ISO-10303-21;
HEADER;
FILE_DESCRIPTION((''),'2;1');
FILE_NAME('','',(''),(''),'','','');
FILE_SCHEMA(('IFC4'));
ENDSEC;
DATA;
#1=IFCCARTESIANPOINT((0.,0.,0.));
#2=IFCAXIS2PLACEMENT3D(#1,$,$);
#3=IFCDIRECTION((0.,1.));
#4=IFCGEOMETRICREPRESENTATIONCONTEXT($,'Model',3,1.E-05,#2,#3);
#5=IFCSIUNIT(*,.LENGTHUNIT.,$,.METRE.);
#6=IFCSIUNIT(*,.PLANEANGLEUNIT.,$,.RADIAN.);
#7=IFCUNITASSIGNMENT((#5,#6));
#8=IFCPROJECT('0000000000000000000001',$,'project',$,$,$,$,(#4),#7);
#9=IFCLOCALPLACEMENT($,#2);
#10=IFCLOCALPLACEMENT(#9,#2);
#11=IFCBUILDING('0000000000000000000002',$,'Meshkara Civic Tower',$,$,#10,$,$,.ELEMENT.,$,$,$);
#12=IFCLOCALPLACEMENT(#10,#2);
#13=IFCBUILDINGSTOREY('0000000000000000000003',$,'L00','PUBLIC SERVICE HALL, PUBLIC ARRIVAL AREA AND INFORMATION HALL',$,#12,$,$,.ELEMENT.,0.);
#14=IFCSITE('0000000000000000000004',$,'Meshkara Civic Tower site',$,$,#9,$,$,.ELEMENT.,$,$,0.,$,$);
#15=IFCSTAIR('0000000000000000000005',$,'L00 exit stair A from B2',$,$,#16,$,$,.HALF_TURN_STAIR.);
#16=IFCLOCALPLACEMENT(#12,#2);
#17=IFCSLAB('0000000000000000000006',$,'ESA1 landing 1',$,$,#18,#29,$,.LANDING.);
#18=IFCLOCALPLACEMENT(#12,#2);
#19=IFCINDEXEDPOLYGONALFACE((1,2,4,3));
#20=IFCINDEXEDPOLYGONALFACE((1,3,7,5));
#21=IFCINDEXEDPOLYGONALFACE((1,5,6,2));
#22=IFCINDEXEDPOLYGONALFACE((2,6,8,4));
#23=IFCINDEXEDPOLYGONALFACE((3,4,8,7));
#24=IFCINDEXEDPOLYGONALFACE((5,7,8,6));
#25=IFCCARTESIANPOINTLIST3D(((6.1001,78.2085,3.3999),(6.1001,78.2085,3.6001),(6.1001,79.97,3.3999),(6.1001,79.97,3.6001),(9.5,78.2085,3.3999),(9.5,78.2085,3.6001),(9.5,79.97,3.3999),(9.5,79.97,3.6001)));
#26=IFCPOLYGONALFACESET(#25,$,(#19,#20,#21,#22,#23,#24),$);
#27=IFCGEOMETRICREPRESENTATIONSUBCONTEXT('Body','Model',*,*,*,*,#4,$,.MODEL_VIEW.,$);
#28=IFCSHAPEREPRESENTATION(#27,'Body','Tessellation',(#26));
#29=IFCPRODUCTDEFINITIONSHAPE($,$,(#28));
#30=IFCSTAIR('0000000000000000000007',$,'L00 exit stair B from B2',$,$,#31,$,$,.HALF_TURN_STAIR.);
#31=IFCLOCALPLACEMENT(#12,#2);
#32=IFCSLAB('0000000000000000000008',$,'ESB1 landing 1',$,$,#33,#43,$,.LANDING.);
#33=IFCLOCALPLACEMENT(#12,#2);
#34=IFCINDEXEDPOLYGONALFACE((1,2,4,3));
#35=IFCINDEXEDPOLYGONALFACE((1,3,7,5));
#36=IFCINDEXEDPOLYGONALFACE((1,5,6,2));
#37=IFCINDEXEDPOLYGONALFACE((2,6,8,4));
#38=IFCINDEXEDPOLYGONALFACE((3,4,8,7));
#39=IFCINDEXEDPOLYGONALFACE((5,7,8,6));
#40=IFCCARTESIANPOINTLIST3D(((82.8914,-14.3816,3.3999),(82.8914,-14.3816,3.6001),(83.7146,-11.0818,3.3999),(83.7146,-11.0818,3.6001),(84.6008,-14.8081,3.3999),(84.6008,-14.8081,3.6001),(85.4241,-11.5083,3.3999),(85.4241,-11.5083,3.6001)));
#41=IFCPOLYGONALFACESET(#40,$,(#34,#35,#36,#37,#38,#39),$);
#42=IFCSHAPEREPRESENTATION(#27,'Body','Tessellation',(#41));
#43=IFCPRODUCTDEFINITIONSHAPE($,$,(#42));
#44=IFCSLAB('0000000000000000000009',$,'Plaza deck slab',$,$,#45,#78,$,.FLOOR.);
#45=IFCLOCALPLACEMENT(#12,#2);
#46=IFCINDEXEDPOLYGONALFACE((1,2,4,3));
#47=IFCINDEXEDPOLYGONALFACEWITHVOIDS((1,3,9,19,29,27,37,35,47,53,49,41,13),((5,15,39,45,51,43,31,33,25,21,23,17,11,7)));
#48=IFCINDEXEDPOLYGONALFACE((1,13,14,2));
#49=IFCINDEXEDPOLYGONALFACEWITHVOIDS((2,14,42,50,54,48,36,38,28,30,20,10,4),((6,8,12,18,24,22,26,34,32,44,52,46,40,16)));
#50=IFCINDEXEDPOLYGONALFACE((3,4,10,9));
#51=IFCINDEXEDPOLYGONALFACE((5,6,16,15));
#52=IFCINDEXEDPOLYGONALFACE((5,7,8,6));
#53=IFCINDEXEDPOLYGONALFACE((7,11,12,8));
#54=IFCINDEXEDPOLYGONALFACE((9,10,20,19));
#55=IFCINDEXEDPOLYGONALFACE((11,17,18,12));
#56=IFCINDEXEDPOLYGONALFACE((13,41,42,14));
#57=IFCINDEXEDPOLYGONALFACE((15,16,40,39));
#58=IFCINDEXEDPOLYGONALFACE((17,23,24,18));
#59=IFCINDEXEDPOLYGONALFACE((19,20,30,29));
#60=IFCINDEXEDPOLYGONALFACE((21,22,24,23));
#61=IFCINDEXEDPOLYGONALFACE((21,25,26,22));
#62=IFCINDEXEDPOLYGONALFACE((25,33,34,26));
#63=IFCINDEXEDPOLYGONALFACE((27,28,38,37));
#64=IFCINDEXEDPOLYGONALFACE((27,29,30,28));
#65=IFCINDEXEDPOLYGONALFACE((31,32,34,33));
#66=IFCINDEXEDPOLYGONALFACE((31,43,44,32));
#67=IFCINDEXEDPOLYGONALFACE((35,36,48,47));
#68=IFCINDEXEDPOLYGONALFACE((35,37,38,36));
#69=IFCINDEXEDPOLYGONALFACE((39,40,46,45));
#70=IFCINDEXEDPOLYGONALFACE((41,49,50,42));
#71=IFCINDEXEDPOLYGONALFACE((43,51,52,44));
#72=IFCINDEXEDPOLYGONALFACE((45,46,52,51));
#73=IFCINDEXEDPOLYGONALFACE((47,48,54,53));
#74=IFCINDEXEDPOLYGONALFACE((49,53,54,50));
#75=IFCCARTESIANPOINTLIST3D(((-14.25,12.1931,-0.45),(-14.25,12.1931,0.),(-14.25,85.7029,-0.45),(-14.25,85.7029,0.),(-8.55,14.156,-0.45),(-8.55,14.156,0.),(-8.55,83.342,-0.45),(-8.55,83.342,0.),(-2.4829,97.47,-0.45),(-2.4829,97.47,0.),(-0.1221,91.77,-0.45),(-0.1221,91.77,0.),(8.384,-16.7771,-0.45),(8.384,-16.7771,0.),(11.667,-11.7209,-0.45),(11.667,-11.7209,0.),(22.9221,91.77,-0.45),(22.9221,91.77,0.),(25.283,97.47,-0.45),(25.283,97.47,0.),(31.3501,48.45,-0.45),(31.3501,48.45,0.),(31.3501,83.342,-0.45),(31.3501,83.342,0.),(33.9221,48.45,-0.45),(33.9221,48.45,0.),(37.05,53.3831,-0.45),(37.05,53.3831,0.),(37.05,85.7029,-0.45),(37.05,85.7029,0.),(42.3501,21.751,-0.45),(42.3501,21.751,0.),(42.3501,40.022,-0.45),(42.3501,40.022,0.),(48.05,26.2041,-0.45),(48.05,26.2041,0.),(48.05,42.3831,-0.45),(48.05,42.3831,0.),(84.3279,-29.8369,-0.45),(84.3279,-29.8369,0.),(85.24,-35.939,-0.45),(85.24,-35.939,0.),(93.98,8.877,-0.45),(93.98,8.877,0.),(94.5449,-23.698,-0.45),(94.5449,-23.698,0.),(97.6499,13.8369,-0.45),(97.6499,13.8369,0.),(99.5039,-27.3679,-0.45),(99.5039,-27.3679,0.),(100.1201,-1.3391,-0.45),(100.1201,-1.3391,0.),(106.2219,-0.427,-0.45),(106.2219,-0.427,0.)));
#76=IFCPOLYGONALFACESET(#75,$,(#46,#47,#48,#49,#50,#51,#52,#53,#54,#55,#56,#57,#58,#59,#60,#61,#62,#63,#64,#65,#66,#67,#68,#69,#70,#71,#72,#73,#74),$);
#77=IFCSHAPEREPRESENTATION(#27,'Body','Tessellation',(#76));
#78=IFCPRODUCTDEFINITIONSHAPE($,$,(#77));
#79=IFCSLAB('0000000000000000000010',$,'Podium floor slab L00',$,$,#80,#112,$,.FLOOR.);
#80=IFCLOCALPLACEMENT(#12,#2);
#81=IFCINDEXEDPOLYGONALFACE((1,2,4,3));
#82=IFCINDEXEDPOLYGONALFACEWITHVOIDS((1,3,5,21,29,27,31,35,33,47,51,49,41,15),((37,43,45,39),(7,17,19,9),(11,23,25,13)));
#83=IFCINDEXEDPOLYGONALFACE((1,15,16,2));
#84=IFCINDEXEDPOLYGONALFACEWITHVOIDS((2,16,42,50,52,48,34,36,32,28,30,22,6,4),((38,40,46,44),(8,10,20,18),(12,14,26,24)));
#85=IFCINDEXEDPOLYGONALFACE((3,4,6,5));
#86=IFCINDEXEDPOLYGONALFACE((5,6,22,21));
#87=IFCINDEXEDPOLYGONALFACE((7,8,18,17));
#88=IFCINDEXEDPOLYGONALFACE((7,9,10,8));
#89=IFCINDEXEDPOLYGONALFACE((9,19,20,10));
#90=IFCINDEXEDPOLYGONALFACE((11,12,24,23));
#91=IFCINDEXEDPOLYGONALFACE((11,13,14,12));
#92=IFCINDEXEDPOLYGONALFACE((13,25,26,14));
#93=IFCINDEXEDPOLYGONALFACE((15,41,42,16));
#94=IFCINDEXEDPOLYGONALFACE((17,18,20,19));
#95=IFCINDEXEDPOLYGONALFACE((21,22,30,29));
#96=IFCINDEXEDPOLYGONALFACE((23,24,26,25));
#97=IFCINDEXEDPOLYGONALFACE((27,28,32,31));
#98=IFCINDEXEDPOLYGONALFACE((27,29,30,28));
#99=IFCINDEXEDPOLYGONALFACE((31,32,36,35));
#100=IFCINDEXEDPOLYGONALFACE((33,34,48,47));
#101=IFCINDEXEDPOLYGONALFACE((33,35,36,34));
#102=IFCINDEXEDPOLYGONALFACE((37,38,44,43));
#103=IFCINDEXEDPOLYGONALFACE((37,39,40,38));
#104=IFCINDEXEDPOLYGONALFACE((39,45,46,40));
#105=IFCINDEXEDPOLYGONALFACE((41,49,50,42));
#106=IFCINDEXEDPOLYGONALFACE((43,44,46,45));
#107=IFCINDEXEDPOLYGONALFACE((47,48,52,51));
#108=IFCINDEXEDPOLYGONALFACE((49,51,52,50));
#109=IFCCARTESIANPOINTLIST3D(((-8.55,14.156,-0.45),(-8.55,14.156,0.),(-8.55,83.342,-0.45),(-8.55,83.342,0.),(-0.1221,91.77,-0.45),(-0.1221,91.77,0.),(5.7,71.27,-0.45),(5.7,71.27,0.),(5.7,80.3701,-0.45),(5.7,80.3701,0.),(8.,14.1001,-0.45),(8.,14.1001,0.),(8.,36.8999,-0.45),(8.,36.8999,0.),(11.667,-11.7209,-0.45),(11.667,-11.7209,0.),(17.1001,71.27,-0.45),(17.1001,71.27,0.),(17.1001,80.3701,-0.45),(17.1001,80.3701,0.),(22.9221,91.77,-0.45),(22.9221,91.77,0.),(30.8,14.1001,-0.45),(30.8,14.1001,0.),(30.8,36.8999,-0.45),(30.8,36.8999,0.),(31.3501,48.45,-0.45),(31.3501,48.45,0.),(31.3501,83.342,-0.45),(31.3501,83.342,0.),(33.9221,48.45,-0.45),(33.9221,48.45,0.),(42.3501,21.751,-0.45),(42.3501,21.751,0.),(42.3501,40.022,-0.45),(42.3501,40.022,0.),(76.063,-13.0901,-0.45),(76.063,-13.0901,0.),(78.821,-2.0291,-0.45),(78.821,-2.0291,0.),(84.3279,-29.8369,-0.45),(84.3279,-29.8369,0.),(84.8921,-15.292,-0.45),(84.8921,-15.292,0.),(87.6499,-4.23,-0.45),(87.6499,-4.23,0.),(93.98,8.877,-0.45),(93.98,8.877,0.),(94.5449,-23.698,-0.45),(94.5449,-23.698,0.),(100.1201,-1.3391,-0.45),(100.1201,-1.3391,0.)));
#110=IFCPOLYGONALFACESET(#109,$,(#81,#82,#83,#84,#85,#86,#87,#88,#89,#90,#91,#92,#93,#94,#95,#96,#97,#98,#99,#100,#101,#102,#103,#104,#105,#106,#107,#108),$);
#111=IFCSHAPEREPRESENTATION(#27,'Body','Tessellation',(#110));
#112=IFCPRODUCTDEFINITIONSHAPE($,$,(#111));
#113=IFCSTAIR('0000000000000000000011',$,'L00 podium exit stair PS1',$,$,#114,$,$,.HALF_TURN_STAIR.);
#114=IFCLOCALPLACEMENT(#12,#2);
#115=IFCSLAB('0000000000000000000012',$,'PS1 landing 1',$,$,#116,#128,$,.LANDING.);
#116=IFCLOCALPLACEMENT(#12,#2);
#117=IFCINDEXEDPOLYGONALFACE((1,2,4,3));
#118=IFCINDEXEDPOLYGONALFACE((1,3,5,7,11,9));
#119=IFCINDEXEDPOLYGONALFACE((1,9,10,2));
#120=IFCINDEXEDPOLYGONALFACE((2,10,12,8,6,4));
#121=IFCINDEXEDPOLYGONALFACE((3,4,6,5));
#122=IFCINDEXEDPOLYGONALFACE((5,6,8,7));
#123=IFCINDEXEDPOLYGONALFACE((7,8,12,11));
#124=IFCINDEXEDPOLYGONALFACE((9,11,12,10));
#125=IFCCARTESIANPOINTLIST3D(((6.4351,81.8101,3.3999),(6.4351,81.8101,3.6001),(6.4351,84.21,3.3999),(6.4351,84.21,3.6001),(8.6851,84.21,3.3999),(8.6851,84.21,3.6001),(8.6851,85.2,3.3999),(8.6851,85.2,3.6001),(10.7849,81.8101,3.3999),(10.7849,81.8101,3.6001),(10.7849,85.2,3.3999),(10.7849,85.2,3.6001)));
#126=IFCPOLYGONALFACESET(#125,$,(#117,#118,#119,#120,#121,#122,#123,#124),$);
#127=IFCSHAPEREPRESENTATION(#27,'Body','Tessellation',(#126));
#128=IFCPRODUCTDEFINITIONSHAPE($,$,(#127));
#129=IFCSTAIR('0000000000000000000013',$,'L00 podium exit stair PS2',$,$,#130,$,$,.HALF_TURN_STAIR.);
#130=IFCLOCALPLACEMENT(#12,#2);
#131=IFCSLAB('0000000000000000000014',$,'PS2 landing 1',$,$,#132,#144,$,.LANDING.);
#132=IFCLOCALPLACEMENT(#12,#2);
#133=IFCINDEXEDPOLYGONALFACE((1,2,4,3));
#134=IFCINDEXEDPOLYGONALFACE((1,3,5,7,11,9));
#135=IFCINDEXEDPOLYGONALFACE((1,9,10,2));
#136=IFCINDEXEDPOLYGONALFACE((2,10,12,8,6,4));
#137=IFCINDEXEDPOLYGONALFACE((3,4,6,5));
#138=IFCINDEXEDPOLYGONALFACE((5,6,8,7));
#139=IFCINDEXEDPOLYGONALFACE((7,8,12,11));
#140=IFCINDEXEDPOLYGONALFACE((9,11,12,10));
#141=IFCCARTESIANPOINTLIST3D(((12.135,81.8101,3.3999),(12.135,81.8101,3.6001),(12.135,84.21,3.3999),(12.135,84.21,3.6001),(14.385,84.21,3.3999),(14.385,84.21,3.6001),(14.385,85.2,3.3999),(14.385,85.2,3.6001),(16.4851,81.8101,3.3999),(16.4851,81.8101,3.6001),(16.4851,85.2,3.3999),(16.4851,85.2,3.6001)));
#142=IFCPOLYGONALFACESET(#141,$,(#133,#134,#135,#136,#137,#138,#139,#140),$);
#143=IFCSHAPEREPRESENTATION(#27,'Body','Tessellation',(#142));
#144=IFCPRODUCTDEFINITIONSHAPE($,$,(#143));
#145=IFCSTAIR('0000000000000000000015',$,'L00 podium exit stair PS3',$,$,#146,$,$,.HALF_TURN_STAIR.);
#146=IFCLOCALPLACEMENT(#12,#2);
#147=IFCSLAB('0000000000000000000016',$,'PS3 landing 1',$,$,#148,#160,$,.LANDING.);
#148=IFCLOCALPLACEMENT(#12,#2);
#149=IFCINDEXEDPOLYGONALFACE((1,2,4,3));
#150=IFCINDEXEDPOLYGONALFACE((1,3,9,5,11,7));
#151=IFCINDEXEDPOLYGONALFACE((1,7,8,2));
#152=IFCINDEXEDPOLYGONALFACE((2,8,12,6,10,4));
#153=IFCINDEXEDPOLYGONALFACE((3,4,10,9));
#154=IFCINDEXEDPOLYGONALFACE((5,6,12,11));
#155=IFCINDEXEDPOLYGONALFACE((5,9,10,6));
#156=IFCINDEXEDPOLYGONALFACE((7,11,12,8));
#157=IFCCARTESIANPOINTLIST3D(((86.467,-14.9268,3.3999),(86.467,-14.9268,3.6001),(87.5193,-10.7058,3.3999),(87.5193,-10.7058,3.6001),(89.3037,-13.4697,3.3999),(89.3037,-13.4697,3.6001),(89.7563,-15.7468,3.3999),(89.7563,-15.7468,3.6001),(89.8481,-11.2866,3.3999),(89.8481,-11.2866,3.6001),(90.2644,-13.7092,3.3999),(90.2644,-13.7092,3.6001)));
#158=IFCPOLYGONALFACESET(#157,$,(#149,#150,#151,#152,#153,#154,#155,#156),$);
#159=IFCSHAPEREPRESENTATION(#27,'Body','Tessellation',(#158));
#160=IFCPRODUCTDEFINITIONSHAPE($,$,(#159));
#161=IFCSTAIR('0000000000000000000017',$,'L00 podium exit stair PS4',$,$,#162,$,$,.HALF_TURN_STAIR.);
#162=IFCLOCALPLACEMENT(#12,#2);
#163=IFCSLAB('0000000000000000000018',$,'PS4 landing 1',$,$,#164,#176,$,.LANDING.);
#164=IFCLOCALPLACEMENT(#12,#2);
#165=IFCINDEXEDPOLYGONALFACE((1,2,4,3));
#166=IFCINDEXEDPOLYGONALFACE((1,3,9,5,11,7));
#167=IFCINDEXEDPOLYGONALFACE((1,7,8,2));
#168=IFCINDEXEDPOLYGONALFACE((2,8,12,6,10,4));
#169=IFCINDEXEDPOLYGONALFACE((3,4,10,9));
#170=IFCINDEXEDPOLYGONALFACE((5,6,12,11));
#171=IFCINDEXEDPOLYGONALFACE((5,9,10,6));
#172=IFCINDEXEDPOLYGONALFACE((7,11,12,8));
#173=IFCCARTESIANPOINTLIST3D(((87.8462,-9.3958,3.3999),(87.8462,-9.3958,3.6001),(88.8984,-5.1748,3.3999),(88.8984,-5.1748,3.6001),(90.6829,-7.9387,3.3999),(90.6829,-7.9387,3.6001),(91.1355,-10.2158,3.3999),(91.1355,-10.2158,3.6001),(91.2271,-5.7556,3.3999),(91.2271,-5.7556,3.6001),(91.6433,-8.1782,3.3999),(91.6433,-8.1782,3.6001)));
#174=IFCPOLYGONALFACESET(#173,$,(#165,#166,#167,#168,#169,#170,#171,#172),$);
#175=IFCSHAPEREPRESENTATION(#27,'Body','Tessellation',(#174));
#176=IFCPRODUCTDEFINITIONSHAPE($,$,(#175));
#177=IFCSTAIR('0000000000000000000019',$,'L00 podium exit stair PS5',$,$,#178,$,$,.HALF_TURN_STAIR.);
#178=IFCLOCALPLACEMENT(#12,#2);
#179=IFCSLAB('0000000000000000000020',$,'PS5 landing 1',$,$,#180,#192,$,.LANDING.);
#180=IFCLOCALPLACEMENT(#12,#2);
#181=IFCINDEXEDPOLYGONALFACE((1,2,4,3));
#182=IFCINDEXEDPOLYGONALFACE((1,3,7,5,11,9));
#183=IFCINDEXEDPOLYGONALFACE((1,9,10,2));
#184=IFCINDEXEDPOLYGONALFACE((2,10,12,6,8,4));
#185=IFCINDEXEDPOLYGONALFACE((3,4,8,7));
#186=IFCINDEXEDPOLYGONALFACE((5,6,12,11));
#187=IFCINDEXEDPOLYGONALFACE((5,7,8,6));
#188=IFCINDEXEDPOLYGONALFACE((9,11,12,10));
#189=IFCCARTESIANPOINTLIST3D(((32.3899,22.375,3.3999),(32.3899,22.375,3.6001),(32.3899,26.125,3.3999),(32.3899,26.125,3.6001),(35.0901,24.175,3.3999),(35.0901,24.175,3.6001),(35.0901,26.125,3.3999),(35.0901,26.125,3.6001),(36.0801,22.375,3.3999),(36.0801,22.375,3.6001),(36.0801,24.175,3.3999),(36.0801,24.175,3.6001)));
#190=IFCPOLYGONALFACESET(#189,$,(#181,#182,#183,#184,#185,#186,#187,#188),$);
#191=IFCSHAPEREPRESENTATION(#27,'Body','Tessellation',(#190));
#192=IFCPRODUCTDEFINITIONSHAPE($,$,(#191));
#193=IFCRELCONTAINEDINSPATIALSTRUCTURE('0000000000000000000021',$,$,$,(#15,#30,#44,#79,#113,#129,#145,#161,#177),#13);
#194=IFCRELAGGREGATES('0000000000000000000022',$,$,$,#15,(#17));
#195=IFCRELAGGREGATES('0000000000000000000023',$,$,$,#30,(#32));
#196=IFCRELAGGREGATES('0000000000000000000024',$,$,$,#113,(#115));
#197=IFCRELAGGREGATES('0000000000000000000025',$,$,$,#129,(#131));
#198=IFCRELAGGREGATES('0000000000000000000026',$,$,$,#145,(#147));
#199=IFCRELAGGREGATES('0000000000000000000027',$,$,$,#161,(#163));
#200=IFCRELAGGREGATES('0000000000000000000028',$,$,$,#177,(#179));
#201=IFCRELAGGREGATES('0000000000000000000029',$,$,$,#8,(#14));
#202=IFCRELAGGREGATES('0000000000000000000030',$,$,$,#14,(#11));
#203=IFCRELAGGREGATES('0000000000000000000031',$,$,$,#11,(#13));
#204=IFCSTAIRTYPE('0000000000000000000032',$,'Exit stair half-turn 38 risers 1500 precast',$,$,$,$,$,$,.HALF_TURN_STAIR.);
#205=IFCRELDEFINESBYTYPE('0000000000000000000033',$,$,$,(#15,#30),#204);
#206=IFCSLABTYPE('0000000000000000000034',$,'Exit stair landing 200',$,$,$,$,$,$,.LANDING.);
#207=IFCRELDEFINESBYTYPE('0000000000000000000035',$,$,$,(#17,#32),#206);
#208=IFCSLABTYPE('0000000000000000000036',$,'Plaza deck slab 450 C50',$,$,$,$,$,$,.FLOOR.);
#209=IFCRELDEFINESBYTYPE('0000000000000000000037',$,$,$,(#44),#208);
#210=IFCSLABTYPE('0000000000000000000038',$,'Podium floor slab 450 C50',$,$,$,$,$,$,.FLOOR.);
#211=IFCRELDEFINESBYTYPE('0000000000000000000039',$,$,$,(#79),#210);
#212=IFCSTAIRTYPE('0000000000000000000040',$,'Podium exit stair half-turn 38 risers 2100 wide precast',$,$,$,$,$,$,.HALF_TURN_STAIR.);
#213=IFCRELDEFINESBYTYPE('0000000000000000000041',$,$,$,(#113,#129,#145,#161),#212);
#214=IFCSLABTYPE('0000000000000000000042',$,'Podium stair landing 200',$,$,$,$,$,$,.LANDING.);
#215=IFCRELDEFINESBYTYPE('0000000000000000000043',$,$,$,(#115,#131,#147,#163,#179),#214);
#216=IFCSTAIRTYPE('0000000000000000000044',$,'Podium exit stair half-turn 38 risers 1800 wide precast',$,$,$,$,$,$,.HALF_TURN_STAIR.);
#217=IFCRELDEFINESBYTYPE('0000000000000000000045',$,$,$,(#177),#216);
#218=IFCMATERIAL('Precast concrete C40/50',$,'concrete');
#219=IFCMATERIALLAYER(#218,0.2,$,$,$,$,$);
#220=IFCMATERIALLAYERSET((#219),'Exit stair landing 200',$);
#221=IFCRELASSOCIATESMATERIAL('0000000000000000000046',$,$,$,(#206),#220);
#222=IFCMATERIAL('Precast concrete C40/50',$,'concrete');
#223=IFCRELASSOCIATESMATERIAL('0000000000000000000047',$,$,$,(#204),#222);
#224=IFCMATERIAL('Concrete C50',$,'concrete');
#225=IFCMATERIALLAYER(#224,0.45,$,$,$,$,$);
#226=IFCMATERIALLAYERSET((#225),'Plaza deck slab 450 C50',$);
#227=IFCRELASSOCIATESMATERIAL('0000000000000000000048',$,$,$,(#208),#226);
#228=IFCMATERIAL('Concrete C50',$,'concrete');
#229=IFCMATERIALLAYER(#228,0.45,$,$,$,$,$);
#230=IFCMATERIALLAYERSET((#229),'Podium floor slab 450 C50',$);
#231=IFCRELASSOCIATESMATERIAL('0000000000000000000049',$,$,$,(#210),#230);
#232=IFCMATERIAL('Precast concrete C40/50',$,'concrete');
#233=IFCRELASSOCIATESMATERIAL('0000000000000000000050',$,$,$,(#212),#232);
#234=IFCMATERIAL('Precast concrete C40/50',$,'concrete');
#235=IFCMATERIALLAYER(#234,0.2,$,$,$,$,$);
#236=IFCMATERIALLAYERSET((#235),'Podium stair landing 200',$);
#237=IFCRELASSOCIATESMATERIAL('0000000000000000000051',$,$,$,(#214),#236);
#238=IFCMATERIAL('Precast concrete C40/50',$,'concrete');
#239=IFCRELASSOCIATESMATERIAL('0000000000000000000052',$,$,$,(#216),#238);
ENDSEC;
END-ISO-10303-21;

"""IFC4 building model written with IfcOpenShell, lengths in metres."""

from ifc_helpers import new_model, si_unit, direction, frame, origin, place, context, subcontext, project, spatial, polyline, outline, extrude, material, layer, layer_set, type_object, element, aggregate, save


model = new_model("IFC4")

# Units and contexts
model_context = context("Model", 3, precision=1e-05, world=origin(), true_north=direction((0.0, 1.0)))
body_context = subcontext(model_context, "Body", "Model", "MODEL_VIEW")
ifc_project = project(units=[si_unit("LENGTHUNIT", "METRE"), si_unit("PLANEANGLEUNIT", "RADIAN")], contexts=[model_context])

# Site, building, storey
site_placement = place(None, origin())
site = spatial("IfcSite", under=ifc_project, at=site_placement, Name="Meshkara Civic Tower site", CompositionType="ELEMENT", RefElevation=0.0)
building_placement = place(site_placement, origin())
building = spatial("IfcBuilding", under=site, at=building_placement, Name="Meshkara Civic Tower", CompositionType="ELEMENT")
storey_placement = place(building_placement, origin())
storey = spatial("IfcBuildingStorey", under=building, at=storey_placement, Name="L00", Description="PUBLIC SERVICE HALL, PUBLIC ARRIVAL AREA AND INFORMATION HALL", CompositionType="ELEMENT", Elevation=0.0)

# Shared definitions
ifc_material_1 = material(Name="Precast concrete C40/50", Category="concrete")
ifc_layer_1 = layer(ifc_material_1, 0.2)
ifc_layer_set_1 = layer_set([ifc_layer_1], Name="Exit stair landing 200")
slab_type_1 = type_object("IfcSlabType", Name="Exit stair landing 200", PredefinedType="LANDING", material=ifc_layer_set_1)

# Stairs, slabs
ifc_material_2 = material(Name="Precast concrete C40/50", Category="concrete")
stair_type_1 = type_object("IfcStairType", Name="Exit stair half-turn 38 risers 1500 precast", PredefinedType="HALF_TURN_STAIR", material=ifc_material_2)
stair_1_placement = place(storey_placement, origin())
stair_1 = element("IfcStair", 1, at=stair_1_placement, inside=storey, type_object=stair_type_1, Name="L00 exit stair A from B2", PredefinedType="HALF_TURN_STAIR")
slab_1_placement = place(storey_placement, frame((0.0, 0.0, 3.3999)))
slab_1 = element("IfcSlab", 2, at=slab_1_placement, type_object=slab_type_1, Name="ESA1 landing 1", PredefinedType="LANDING", context=body_context, shape_type="SweptSolid", body=[
    extrude(outline(polyline([(9.5, 78.2085), (9.5, 79.97), (6.1001, 79.97), (6.1001, 78.2085), (9.5, 78.2085)])), origin(), (0.0, 0.0, 1.0), 0.2002),
])
aggregate(stair_1, [slab_1])
stair_2_placement = place(storey_placement, origin())
stair_2 = element("IfcStair", 3, at=stair_2_placement, inside=storey, type_object=stair_type_1, Name="L00 exit stair B from B2", PredefinedType="HALF_TURN_STAIR")
slab_2_placement = place(storey_placement, frame((0.0, 0.0, 3.3999)))
slab_2 = element("IfcSlab", 4, at=slab_2_placement, type_object=slab_type_1, Name="ESB1 landing 1", PredefinedType="LANDING", context=body_context, shape_type="SweptSolid", body=[
    extrude(outline(polyline([(82.8914, -14.3816), (84.6008, -14.8081), (85.4241, -11.5083), (83.7146, -11.0818), (82.8914, -14.3816)])), origin(), (0.0, 0.0, 1.0), 0.2002),
])
aggregate(stair_2, [slab_2])

# Slabs
ifc_material_3 = material(Name="Concrete C50", Category="concrete")
ifc_layer_2 = layer(ifc_material_3, 0.45)
ifc_layer_set_2 = layer_set([ifc_layer_2], Name="Plaza deck slab 450 C50")
slab_type_2 = type_object("IfcSlabType", Name="Plaza deck slab 450 C50", PredefinedType="FLOOR", material=ifc_layer_set_2)
slab_3_placement = place(storey_placement, frame((0.0, 0.0, -0.45)))
element("IfcSlab", 5, at=slab_3_placement, inside=storey, type_object=slab_type_2, Name="Plaza deck slab", PredefinedType="FLOOR", context=body_context, shape_type="SweptSolid", body=[
    extrude(outline(polyline([(48.05, 42.3831), (48.05, 26.2041), (97.6499, 13.8369), (106.2219, -0.427), (99.5039, -27.3679), (85.24, -35.939), (8.384, -16.7771), (-14.25, 12.1931), (-14.25, 85.7029), (-2.4829, 97.47), (25.283, 97.47), (37.05, 85.7029), (37.05, 53.3831), (48.05, 42.3831)]), holes=[polyline([(-0.1221, 91.77), (-8.55, 83.342), (-8.55, 14.156), (11.667, -11.7209), (84.3279, -29.8369), (94.5449, -23.698), (100.1201, -1.3391), (93.98, 8.877), (42.3501, 21.751), (42.3501, 40.022), (33.9221, 48.45), (31.3501, 48.45), (31.3501, 83.342), (22.9221, 91.77), (-0.1221, 91.77)])]), origin(), (0.0, 0.0, 1.0), 0.45),
])
ifc_material_4 = material(Name="Concrete C50", Category="concrete")
ifc_layer_3 = layer(ifc_material_4, 0.45)
ifc_layer_set_3 = layer_set([ifc_layer_3], Name="Podium floor slab 450 C50")
slab_type_3 = type_object("IfcSlabType", Name="Podium floor slab 450 C50", PredefinedType="FLOOR", material=ifc_layer_set_3)
slab_4_placement = place(storey_placement, frame((0.0, 0.0, -0.45)))
element("IfcSlab", 6, at=slab_4_placement, inside=storey, type_object=slab_type_3, Name="Podium floor slab L00", PredefinedType="FLOOR", context=body_context, shape_type="SweptSolid", body=[
    extrude(outline(polyline([(33.9221, 48.45), (42.3501, 40.022), (42.3501, 21.751), (93.98, 8.877), (100.1201, -1.3391), (94.5449, -23.698), (84.3279, -29.8369), (11.667, -11.7209), (-8.55, 14.156), (-8.55, 83.342), (-0.1221, 91.77), (22.9221, 91.77), (31.3501, 83.342), (31.3501, 48.45), (33.9221, 48.45)]), holes=[polyline([(84.8921, -15.292), (87.6499, -4.23), (78.821, -2.0291), (76.063, -13.0901), (84.8921, -15.292)]), polyline([(8.0, 14.1001), (30.8, 14.1001), (30.8, 36.8999), (8.0, 36.8999), (8.0, 14.1001)]), polyline([(5.7, 80.3701), (5.7, 71.27), (17.1001, 71.27), (17.1001, 80.3701), (5.7, 80.3701)])]), origin(), (0.0, 0.0, 1.0), 0.45),
])

# Stairs, slabs
ifc_material_5 = material(Name="Precast concrete C40/50", Category="concrete")
stair_type_2 = type_object("IfcStairType", Name="Podium exit stair half-turn 38 risers 2100 wide precast", PredefinedType="HALF_TURN_STAIR", material=ifc_material_5)
stair_3_placement = place(storey_placement, origin())
stair_3 = element("IfcStair", 7, at=stair_3_placement, inside=storey, type_object=stair_type_2, Name="L00 podium exit stair PS1", PredefinedType="HALF_TURN_STAIR")
ifc_material_6 = material(Name="Precast concrete C40/50", Category="concrete")
ifc_layer_4 = layer(ifc_material_6, 0.2)
ifc_layer_set_4 = layer_set([ifc_layer_4], Name="Podium stair landing 200")
slab_type_4 = type_object("IfcSlabType", Name="Podium stair landing 200", PredefinedType="LANDING", material=ifc_layer_set_4)
slab_5_placement = place(storey_placement, frame((0.0, 0.0, 3.3999)))
slab_5 = element("IfcSlab", 8, at=slab_5_placement, type_object=slab_type_4, Name="PS1 landing 1", PredefinedType="LANDING", context=body_context, shape_type="SweptSolid", body=[
    extrude(outline(polyline([(10.7849, 81.8101), (6.4351, 81.8101), (6.4351, 84.21), (8.6851, 84.21), (8.6851, 85.2), (10.7849, 85.2), (10.7849, 81.8101)])), origin(), (0.0, 0.0, 1.0), 0.2002),
])
aggregate(stair_3, [slab_5])
stair_4_placement = place(storey_placement, origin())
stair_4 = element("IfcStair", 9, at=stair_4_placement, inside=storey, type_object=stair_type_2, Name="L00 podium exit stair PS2", PredefinedType="HALF_TURN_STAIR")
slab_6_placement = place(storey_placement, frame((0.0, 0.0, 3.3999)))
slab_6 = element("IfcSlab", 10, at=slab_6_placement, type_object=slab_type_4, Name="PS2 landing 1", PredefinedType="LANDING", context=body_context, shape_type="SweptSolid", body=[
    extrude(outline(polyline([(16.4851, 81.8101), (12.135, 81.8101), (12.135, 84.21), (14.385, 84.21), (14.385, 85.2), (16.4851, 85.2), (16.4851, 81.8101)])), origin(), (0.0, 0.0, 1.0), 0.2002),
])
aggregate(stair_4, [slab_6])
stair_5_placement = place(storey_placement, origin())
stair_5 = element("IfcStair", 11, at=stair_5_placement, inside=storey, type_object=stair_type_2, Name="L00 podium exit stair PS3", PredefinedType="HALF_TURN_STAIR")
slab_7_placement = place(storey_placement, frame((0.0, 0.0, 3.3999)))
slab_7 = element("IfcSlab", 12, at=slab_7_placement, type_object=slab_type_4, Name="PS3 landing 1", PredefinedType="LANDING", context=body_context, shape_type="SweptSolid", body=[
    extrude(outline(polyline([(90.2644, -13.7092), (89.7563, -15.7468), (86.467, -14.9268), (87.5193, -10.7058), (89.8481, -11.2866), (89.3037, -13.4697), (90.2644, -13.7092)])), origin(), (0.0, 0.0, 1.0), 0.2002),
])
aggregate(stair_5, [slab_7])
stair_6_placement = place(storey_placement, origin())
stair_6 = element("IfcStair", 13, at=stair_6_placement, inside=storey, type_object=stair_type_2, Name="L00 podium exit stair PS4", PredefinedType="HALF_TURN_STAIR")
slab_8_placement = place(storey_placement, frame((0.0, 0.0, 3.3999)))
slab_8 = element("IfcSlab", 14, at=slab_8_placement, type_object=slab_type_4, Name="PS4 landing 1", PredefinedType="LANDING", context=body_context, shape_type="SweptSolid", body=[
    extrude(outline(polyline([(91.6433, -8.1782), (91.1355, -10.2158), (87.8462, -9.3958), (88.8984, -5.1748), (91.2271, -5.7556), (90.6829, -7.9387), (91.6433, -8.1782)])), origin(), (0.0, 0.0, 1.0), 0.2002),
])
aggregate(stair_6, [slab_8])
ifc_material_7 = material(Name="Precast concrete C40/50", Category="concrete")
stair_type_3 = type_object("IfcStairType", Name="Podium exit stair half-turn 38 risers 1800 wide precast", PredefinedType="HALF_TURN_STAIR", material=ifc_material_7)
stair_7_placement = place(storey_placement, origin())
stair_7 = element("IfcStair", 15, at=stair_7_placement, inside=storey, type_object=stair_type_3, Name="L00 podium exit stair PS5", PredefinedType="HALF_TURN_STAIR")
slab_9_placement = place(storey_placement, frame((0.0, 0.0, 3.3999)))
slab_9 = element("IfcSlab", 16, at=slab_9_placement, type_object=slab_type_4, Name="PS5 landing 1", PredefinedType="LANDING", context=body_context, shape_type="SweptSolid", body=[
    extrude(outline(polyline([(36.0801, 24.175), (36.0801, 22.375), (32.3899, 22.375), (32.3899, 26.125), (35.0901, 26.125), (35.0901, 24.175), (36.0801, 24.175)])), origin(), (0.0, 0.0, 1.0), 0.2002),
])
aggregate(stair_7, [slab_9])

save(model, "model.ifc")
